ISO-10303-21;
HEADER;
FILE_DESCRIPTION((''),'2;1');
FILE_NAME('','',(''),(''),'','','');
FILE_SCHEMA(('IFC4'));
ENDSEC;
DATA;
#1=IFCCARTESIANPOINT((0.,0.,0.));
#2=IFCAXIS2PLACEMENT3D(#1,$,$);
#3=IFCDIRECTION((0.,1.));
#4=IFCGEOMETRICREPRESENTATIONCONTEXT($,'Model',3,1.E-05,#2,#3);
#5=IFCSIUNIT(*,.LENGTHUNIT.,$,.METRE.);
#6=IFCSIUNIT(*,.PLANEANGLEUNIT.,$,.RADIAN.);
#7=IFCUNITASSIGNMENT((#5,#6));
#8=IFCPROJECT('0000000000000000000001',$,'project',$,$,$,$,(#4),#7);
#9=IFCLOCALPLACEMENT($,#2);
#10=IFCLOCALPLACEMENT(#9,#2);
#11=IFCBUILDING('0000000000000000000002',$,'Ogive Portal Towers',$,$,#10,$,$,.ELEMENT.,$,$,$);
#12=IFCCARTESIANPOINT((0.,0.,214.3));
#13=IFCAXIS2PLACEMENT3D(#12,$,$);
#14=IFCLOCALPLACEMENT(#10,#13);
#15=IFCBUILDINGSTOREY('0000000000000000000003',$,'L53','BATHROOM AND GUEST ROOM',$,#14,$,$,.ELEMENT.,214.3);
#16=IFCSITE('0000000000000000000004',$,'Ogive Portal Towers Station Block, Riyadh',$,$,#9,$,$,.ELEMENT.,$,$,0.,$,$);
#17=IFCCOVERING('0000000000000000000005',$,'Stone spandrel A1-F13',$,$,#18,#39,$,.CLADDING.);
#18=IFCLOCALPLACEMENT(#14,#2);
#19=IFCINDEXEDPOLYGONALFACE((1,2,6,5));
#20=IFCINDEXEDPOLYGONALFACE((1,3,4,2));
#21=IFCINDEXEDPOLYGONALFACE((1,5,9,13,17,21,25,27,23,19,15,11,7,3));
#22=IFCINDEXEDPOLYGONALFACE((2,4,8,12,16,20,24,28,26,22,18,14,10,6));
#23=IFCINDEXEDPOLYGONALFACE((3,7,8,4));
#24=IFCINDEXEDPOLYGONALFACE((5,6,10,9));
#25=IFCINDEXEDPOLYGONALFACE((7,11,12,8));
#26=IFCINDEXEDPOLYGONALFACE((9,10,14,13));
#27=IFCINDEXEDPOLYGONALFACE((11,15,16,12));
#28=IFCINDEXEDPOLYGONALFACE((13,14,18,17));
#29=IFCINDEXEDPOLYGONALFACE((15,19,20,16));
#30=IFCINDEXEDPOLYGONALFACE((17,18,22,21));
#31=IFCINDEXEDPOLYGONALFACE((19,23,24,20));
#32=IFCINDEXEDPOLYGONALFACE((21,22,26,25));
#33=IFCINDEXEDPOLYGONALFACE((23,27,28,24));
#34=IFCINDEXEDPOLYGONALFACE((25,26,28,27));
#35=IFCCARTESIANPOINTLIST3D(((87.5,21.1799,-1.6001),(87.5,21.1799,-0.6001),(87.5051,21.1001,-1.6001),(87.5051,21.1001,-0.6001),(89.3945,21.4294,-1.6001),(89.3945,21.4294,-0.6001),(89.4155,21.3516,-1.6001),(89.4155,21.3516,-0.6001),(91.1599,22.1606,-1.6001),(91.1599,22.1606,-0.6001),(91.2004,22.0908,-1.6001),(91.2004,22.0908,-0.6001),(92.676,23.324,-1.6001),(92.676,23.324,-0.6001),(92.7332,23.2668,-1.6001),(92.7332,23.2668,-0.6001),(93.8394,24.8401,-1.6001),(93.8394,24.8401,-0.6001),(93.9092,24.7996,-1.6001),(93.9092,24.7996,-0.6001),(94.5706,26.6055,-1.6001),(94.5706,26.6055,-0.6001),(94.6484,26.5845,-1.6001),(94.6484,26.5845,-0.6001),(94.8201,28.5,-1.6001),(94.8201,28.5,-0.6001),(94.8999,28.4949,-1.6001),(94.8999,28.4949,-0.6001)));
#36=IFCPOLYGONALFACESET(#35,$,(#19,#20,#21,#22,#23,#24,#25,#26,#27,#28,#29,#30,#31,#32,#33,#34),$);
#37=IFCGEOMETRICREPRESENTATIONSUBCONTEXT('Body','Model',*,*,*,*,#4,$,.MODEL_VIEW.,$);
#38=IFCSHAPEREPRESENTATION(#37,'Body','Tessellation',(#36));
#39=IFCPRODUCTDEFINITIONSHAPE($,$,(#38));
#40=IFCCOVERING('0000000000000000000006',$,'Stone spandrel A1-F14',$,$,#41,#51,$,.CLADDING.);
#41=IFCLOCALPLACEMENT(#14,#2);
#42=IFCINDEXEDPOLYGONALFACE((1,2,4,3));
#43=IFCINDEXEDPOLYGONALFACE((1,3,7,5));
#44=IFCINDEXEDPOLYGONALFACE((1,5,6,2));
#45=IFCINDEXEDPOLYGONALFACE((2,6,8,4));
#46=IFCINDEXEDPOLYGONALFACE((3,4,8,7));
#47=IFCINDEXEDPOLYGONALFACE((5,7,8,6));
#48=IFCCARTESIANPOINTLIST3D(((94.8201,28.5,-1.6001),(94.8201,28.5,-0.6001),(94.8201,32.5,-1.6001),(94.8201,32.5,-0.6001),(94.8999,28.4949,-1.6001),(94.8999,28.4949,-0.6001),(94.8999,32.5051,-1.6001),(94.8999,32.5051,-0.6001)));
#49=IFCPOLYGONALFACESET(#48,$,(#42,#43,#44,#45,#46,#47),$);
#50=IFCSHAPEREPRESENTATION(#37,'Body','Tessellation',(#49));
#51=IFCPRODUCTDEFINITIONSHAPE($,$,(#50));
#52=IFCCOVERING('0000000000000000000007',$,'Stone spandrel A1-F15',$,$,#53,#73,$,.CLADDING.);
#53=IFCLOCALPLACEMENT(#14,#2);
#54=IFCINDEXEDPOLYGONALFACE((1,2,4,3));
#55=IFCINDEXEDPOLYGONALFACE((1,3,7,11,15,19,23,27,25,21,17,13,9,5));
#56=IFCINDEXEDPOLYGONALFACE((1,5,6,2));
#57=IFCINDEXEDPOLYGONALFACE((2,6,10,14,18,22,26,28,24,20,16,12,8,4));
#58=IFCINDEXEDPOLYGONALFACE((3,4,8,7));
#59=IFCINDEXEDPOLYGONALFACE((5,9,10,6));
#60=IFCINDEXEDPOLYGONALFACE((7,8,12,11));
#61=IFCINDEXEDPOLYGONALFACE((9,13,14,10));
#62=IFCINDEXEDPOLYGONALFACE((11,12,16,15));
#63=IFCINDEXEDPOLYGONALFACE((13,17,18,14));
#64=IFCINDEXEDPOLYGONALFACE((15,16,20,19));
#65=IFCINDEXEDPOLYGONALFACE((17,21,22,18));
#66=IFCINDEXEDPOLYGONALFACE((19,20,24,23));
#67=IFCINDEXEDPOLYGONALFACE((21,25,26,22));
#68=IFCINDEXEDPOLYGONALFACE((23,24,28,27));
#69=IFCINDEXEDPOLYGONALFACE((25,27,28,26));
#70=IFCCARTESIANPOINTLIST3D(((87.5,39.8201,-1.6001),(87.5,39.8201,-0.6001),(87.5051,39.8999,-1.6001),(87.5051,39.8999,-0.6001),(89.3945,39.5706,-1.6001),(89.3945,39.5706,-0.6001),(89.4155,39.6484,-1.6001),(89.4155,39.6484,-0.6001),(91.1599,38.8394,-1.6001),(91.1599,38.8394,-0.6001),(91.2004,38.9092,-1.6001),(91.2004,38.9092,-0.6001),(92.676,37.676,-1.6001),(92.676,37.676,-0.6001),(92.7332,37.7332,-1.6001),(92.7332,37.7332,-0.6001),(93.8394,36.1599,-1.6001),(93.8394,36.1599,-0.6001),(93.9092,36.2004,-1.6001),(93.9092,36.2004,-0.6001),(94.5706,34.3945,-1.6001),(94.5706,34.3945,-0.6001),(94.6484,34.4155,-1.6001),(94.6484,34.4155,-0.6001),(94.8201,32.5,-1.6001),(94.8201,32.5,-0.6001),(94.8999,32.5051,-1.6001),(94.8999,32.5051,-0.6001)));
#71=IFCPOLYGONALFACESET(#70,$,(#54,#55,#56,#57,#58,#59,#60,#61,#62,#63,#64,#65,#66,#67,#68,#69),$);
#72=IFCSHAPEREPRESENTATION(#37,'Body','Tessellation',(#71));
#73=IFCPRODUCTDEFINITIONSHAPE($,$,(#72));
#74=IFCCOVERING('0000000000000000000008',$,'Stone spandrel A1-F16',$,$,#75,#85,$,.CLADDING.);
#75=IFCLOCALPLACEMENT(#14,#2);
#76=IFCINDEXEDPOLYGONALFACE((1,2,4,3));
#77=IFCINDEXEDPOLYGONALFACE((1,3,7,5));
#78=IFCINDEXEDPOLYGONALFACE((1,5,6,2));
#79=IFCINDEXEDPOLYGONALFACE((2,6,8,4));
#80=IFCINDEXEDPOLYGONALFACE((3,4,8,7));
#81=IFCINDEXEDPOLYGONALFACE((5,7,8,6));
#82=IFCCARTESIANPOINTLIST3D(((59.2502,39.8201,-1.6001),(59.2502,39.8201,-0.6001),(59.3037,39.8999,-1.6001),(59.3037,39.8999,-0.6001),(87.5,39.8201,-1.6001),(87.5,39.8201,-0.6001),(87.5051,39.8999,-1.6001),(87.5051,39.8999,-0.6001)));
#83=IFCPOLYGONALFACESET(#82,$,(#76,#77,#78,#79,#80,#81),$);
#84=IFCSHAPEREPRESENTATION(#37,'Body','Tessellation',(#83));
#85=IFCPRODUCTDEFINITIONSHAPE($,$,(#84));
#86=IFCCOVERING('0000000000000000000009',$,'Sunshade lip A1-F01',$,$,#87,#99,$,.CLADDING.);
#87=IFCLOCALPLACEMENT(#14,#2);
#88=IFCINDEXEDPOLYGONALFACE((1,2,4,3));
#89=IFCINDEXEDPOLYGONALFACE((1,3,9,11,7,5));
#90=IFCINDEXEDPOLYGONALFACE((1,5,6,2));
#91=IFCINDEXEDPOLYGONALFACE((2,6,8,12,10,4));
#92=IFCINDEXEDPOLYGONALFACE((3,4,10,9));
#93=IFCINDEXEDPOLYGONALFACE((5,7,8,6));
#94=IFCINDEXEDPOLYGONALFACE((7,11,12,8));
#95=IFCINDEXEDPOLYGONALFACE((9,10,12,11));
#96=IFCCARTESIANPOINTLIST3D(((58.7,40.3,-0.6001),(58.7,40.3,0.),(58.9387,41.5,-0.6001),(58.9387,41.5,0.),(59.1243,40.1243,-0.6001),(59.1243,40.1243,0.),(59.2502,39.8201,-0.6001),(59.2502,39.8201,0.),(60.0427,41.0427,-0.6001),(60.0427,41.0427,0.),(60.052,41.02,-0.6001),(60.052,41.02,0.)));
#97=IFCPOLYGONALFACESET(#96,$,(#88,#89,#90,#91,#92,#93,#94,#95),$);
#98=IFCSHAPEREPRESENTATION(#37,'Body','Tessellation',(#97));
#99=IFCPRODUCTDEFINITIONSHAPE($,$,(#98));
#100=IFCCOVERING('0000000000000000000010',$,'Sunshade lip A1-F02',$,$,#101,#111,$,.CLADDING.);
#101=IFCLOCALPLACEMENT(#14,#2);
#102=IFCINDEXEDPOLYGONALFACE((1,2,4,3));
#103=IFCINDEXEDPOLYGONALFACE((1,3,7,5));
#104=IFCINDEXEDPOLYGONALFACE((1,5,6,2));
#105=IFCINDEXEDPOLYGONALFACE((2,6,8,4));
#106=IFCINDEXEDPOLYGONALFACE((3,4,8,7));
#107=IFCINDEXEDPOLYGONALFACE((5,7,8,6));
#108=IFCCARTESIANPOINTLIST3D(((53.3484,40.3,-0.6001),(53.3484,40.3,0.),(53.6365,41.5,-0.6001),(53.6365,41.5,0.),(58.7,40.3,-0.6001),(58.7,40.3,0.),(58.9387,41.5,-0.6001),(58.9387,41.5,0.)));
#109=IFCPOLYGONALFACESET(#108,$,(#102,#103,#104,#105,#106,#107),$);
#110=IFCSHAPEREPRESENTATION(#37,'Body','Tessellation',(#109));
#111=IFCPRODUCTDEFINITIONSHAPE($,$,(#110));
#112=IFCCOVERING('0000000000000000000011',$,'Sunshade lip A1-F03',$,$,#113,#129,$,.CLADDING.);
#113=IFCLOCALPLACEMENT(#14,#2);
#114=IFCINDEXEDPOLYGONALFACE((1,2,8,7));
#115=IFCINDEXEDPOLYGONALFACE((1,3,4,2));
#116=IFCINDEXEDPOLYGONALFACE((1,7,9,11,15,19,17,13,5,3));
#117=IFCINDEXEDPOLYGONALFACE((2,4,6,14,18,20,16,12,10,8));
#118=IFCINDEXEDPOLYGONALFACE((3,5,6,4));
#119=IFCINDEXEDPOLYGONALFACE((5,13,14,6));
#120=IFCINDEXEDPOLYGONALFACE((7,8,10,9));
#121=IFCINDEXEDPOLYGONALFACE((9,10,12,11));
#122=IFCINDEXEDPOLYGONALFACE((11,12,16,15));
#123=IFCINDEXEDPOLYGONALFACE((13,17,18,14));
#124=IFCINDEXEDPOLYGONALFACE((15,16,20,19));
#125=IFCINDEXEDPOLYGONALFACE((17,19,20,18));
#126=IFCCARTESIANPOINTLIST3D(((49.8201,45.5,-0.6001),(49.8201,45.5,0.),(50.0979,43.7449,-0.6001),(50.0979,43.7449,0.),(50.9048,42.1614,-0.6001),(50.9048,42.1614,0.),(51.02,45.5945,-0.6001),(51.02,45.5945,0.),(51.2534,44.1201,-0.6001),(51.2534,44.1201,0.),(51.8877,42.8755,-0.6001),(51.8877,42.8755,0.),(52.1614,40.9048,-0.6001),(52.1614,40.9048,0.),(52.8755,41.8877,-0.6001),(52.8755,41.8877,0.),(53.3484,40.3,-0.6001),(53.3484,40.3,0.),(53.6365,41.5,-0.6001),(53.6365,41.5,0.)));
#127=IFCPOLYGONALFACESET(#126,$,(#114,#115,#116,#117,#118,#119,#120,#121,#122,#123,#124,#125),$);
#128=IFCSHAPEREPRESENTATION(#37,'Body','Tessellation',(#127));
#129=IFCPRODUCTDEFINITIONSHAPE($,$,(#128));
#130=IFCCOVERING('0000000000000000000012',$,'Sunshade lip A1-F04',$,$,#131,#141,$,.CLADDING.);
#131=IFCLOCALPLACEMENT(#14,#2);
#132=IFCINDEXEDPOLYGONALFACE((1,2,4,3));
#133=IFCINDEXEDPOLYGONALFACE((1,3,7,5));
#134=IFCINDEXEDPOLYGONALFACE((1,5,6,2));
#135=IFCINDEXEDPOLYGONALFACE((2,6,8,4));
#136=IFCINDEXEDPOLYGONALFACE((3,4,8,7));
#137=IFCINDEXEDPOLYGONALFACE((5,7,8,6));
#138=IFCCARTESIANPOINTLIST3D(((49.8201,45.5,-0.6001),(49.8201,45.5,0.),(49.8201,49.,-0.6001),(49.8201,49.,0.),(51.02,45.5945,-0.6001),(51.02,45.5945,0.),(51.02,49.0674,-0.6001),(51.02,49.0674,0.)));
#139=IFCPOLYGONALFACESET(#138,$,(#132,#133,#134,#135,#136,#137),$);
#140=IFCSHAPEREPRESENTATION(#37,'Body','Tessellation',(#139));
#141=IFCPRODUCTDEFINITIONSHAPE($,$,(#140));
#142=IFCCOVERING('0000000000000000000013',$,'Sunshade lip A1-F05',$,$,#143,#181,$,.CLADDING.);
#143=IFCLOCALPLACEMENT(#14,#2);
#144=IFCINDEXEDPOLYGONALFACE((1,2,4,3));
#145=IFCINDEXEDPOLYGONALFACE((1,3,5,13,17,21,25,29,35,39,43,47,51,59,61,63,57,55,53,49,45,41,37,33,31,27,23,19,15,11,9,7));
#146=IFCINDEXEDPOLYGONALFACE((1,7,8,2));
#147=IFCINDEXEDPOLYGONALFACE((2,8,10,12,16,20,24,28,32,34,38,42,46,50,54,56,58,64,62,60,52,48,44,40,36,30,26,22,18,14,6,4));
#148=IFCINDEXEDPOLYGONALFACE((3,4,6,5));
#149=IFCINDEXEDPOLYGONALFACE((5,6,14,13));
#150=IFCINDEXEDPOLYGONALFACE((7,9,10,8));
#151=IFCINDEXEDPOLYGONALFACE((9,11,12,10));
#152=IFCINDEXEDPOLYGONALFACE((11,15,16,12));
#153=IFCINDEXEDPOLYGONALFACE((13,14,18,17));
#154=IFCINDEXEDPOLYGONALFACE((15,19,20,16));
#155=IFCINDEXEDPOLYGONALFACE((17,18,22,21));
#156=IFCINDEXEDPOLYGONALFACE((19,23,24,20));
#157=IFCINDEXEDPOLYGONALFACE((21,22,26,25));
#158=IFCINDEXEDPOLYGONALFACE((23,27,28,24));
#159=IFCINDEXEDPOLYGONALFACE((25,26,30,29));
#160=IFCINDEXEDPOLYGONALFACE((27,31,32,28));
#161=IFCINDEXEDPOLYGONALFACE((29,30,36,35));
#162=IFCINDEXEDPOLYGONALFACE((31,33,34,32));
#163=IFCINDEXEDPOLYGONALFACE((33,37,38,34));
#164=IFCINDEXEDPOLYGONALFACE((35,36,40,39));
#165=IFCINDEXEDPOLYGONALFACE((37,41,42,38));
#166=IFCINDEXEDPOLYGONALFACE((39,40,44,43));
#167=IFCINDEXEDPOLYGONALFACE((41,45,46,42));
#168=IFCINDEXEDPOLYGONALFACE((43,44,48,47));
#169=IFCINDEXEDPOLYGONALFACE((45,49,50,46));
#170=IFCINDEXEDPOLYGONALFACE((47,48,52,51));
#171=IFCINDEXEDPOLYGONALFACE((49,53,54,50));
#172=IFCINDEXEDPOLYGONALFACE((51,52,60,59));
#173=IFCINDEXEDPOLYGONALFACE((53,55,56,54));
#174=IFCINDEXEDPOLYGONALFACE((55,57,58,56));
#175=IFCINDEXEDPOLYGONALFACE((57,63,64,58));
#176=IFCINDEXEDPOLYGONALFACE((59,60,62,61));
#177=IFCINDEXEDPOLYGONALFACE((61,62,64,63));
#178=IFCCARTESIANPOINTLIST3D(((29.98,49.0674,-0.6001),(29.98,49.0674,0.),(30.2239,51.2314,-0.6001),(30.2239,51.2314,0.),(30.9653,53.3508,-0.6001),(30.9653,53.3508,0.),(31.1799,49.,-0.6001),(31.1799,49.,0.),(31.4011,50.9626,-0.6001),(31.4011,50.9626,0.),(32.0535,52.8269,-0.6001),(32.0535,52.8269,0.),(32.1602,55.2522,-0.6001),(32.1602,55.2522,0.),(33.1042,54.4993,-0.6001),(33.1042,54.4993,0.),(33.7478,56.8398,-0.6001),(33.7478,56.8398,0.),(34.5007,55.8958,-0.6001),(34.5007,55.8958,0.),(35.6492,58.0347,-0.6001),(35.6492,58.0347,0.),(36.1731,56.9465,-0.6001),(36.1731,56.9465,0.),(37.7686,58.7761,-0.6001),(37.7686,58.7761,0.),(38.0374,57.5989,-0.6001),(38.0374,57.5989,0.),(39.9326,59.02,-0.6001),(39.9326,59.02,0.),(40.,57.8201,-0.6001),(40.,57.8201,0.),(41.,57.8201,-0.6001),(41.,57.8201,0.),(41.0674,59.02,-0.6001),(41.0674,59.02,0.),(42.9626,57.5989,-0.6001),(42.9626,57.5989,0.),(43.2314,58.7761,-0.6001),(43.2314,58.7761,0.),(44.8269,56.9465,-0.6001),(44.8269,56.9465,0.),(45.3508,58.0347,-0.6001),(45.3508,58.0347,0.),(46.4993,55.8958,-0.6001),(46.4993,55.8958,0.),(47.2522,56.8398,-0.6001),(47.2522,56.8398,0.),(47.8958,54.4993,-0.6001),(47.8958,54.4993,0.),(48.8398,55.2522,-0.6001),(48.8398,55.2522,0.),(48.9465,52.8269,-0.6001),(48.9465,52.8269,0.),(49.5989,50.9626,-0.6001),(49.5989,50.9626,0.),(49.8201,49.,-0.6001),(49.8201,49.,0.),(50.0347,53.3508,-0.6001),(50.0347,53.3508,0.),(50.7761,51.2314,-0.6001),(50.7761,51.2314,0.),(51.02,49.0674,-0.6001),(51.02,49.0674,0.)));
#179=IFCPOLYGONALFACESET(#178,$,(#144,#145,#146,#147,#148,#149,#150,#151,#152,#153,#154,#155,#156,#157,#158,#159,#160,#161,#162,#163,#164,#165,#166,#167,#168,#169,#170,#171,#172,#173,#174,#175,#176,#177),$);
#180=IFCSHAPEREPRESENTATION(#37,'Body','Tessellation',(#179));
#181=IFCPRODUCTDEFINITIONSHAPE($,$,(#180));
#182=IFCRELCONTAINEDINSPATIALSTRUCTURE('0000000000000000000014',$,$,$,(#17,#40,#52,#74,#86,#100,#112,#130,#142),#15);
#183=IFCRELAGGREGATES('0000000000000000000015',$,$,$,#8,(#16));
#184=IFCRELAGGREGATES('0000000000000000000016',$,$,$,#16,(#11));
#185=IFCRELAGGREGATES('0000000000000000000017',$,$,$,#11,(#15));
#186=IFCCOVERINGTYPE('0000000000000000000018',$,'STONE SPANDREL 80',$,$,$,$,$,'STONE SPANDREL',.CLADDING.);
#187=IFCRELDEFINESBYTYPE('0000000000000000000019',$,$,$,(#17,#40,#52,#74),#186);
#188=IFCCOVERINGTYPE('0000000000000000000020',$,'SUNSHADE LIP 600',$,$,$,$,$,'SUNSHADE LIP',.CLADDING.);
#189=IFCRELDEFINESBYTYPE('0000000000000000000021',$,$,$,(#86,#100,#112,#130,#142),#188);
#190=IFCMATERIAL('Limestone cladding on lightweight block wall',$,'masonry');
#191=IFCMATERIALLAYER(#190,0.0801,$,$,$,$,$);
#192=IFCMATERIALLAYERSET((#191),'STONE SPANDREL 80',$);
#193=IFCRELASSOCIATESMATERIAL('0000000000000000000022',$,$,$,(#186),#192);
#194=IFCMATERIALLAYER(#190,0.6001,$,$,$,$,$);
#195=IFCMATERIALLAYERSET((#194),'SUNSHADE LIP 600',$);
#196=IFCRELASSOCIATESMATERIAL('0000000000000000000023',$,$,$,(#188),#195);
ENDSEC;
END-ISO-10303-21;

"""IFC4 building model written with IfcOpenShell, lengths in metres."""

from ifc_helpers import new_model, si_unit, direction, frame, origin, place, context, subcontext, project, spatial, polyline, outline, extrude, material, layer, layer_set, type_object, element, save


model = new_model("IFC4")

# Units and contexts
model_context = context("Model", 3, precision=1e-05, world=origin(), true_north=direction((0.0, 1.0)))
body_context = subcontext(model_context, "Body", "Model", "MODEL_VIEW")
ifc_project = project(units=[si_unit("LENGTHUNIT", "METRE"), si_unit("PLANEANGLEUNIT", "RADIAN")], contexts=[model_context])

# Site, building, storey
site_placement = place(None, origin())
site = spatial("IfcSite", under=ifc_project, at=site_placement, Name="Ogive Portal Towers Station Block, Riyadh", CompositionType="ELEMENT", RefElevation=0.0)
building_placement = place(site_placement, origin())
building = spatial("IfcBuilding", under=site, at=building_placement, Name="Ogive Portal Towers", CompositionType="ELEMENT")
storey_placement = place(building_placement, frame((0.0, 0.0, 214.3)))
storey = spatial("IfcBuildingStorey", under=building, at=storey_placement, Name="L53", Description="BATHROOM AND GUEST ROOM", CompositionType="ELEMENT", Elevation=214.3)

# Coverings
ifc_material_1 = material(Name="Limestone cladding on lightweight block wall", Category="masonry")
ifc_layer_1 = layer(ifc_material_1, 0.0801)
ifc_layer_set_1 = layer_set([ifc_layer_1], Name="STONE SPANDREL 80")
covering_type_1 = type_object("IfcCoveringType", Name="STONE SPANDREL 80", ElementType="STONE SPANDREL", PredefinedType="CLADDING", material=ifc_layer_set_1)
covering_1_placement = place(storey_placement, frame((0.0, 0.0, -1.6001)))
element("IfcCovering", 1, at=covering_1_placement, inside=storey, type_object=covering_type_1, Name="Stone spandrel A1-F13", PredefinedType="CLADDING", context=body_context, shape_type="SweptSolid", body=[
    extrude(outline(polyline([(87.5, 21.1799), (89.3945, 21.4294), (91.1599, 22.1606), (92.676, 23.324), (93.8394, 24.8401), (94.5706, 26.6055), (94.8201, 28.5), (94.8999, 28.4949), (94.6484, 26.5845), (93.9092, 24.7996), (92.7332, 23.2668), (91.2004, 22.0908), (89.4155, 21.3516), (87.5051, 21.1001), (87.5, 21.1799)])), origin(), (0.0, 0.0, 1.0), 1.0),
])
covering_2_placement = place(storey_placement, frame((0.0, 0.0, -1.6001)))
element("IfcCovering", 2, at=covering_2_placement, inside=storey, type_object=covering_type_1, Name="Stone spandrel A1-F14", PredefinedType="CLADDING", context=body_context, shape_type="SweptSolid", body=[
    extrude(outline(polyline([(94.8201, 28.5), (94.8201, 32.5), (94.8999, 32.5051), (94.8999, 28.4949), (94.8201, 28.5)])), origin(), (0.0, 0.0, 1.0), 1.0),
])
covering_3_placement = place(storey_placement, frame((0.0, 0.0, -1.6001)))
element("IfcCovering", 3, at=covering_3_placement, inside=storey, type_object=covering_type_1, Name="Stone spandrel A1-F15", PredefinedType="CLADDING", context=body_context, shape_type="SweptSolid", body=[
    extrude(outline(polyline([(94.8201, 32.5), (94.5706, 34.3945), (93.8394, 36.1599), (92.676, 37.676), (91.1599, 38.8394), (89.3945, 39.5706), (87.5, 39.8201), (87.5051, 39.8999), (89.4155, 39.6484), (91.2004, 38.9092), (92.7332, 37.7332), (93.9092, 36.2004), (94.6484, 34.4155), (94.8999, 32.5051), (94.8201, 32.5)])), origin(), (0.0, 0.0, 1.0), 1.0),
])
covering_4_placement = place(storey_placement, frame((0.0, 0.0, -1.6001)))
element("IfcCovering", 4, at=covering_4_placement, inside=storey, type_object=covering_type_1, Name="Stone spandrel A1-F16", PredefinedType="CLADDING", context=body_context, shape_type="SweptSolid", body=[
    extrude(outline(polyline([(87.5, 39.8201), (59.2502, 39.8201), (59.3037, 39.8999), (87.5051, 39.8999), (87.5, 39.8201)])), origin(), (0.0, 0.0, 1.0), 1.0),
])
ifc_layer_2 = layer(ifc_material_1, 0.6001)
ifc_layer_set_2 = layer_set([ifc_layer_2], Name="SUNSHADE LIP 600")
covering_type_2 = type_object("IfcCoveringType", Name="SUNSHADE LIP 600", ElementType="SUNSHADE LIP", PredefinedType="CLADDING", material=ifc_layer_set_2)
covering_5_placement = place(storey_placement, frame((0.0, 0.0, -0.6001)))
element("IfcCovering", 5, at=covering_5_placement, inside=storey, type_object=covering_type_2, Name="Sunshade lip A1-F01", PredefinedType="CLADDING", context=body_context, shape_type="SweptSolid", body=[
    extrude(outline(polyline([(59.2502, 39.8201), (59.1243, 40.1243), (58.7, 40.3), (58.9387, 41.5), (60.0427, 41.0427), (60.052, 41.02), (59.2502, 39.8201)])), origin(), (0.0, 0.0, 1.0), 0.6001),
])
covering_6_placement = place(storey_placement, frame((0.0, 0.0, -0.6001)))
element("IfcCovering", 6, at=covering_6_placement, inside=storey, type_object=covering_type_2, Name="Sunshade lip A1-F02", PredefinedType="CLADDING", context=body_context, shape_type="SweptSolid", body=[
    extrude(outline(polyline([(58.7, 40.3), (53.3484, 40.3), (53.6365, 41.5), (58.9387, 41.5), (58.7, 40.3)])), origin(), (0.0, 0.0, 1.0), 0.6001),
])
covering_7_placement = place(storey_placement, frame((0.0, 0.0, -0.6001)))
element("IfcCovering", 7, at=covering_7_placement, inside=storey, type_object=covering_type_2, Name="Sunshade lip A1-F03", PredefinedType="CLADDING", context=body_context, shape_type="SweptSolid", body=[
    extrude(outline(polyline([(53.3484, 40.3), (52.1614, 40.9048), (50.9048, 42.1614), (50.0979, 43.7449), (49.8201, 45.5), (51.02, 45.5945), (51.2534, 44.1201), (51.8877, 42.8755), (52.8755, 41.8877), (53.6365, 41.5), (53.3484, 40.3)])), origin(), (0.0, 0.0, 1.0), 0.6001),
])
covering_8_placement = place(storey_placement, frame((0.0, 0.0, -0.6001)))
element("IfcCovering", 8, at=covering_8_placement, inside=storey, type_object=covering_type_2, Name="Sunshade lip A1-F04", PredefinedType="CLADDING", context=body_context, shape_type="SweptSolid", body=[
    extrude(outline(polyline([(49.8201, 45.5), (49.8201, 49.0), (51.02, 49.0674), (51.02, 45.5945), (49.8201, 45.5)])), origin(), (0.0, 0.0, 1.0), 0.6001),
])
covering_9_placement = place(storey_placement, frame((0.0, 0.0, -0.6001)))
element("IfcCovering", 9, at=covering_9_placement, inside=storey, type_object=covering_type_2, Name="Sunshade lip A1-F05", PredefinedType="CLADDING", context=body_context, shape_type="SweptSolid", body=[
    extrude(outline(polyline([(49.8201, 49.0), (49.5989, 50.9626), (48.9465, 52.8269), (47.8958, 54.4993), (46.4993, 55.8958), (44.8269, 56.9465), (42.9626, 57.5989), (41.0, 57.8201), (40.0, 57.8201), (38.0374, 57.5989), (36.1731, 56.9465), (34.5007, 55.8958), (33.1042, 54.4993), (32.0535, 52.8269), (31.4011, 50.9626), (31.1799, 49.0), (29.98, 49.0674), (30.2239, 51.2314), (30.9653, 53.3508), (32.1602, 55.2522), (33.7478, 56.8398), (35.6492, 58.0347), (37.7686, 58.7761), (39.9326, 59.02), (41.0674, 59.02), (43.2314, 58.7761), (45.3508, 58.0347), (47.2522, 56.8398), (48.8398, 55.2522), (50.0347, 53.3508), (50.7761, 51.2314), (51.02, 49.0674), (49.8201, 49.0)])), origin(), (0.0, 0.0, 1.0), 0.6001),
])

save(model, "model.ifc")
